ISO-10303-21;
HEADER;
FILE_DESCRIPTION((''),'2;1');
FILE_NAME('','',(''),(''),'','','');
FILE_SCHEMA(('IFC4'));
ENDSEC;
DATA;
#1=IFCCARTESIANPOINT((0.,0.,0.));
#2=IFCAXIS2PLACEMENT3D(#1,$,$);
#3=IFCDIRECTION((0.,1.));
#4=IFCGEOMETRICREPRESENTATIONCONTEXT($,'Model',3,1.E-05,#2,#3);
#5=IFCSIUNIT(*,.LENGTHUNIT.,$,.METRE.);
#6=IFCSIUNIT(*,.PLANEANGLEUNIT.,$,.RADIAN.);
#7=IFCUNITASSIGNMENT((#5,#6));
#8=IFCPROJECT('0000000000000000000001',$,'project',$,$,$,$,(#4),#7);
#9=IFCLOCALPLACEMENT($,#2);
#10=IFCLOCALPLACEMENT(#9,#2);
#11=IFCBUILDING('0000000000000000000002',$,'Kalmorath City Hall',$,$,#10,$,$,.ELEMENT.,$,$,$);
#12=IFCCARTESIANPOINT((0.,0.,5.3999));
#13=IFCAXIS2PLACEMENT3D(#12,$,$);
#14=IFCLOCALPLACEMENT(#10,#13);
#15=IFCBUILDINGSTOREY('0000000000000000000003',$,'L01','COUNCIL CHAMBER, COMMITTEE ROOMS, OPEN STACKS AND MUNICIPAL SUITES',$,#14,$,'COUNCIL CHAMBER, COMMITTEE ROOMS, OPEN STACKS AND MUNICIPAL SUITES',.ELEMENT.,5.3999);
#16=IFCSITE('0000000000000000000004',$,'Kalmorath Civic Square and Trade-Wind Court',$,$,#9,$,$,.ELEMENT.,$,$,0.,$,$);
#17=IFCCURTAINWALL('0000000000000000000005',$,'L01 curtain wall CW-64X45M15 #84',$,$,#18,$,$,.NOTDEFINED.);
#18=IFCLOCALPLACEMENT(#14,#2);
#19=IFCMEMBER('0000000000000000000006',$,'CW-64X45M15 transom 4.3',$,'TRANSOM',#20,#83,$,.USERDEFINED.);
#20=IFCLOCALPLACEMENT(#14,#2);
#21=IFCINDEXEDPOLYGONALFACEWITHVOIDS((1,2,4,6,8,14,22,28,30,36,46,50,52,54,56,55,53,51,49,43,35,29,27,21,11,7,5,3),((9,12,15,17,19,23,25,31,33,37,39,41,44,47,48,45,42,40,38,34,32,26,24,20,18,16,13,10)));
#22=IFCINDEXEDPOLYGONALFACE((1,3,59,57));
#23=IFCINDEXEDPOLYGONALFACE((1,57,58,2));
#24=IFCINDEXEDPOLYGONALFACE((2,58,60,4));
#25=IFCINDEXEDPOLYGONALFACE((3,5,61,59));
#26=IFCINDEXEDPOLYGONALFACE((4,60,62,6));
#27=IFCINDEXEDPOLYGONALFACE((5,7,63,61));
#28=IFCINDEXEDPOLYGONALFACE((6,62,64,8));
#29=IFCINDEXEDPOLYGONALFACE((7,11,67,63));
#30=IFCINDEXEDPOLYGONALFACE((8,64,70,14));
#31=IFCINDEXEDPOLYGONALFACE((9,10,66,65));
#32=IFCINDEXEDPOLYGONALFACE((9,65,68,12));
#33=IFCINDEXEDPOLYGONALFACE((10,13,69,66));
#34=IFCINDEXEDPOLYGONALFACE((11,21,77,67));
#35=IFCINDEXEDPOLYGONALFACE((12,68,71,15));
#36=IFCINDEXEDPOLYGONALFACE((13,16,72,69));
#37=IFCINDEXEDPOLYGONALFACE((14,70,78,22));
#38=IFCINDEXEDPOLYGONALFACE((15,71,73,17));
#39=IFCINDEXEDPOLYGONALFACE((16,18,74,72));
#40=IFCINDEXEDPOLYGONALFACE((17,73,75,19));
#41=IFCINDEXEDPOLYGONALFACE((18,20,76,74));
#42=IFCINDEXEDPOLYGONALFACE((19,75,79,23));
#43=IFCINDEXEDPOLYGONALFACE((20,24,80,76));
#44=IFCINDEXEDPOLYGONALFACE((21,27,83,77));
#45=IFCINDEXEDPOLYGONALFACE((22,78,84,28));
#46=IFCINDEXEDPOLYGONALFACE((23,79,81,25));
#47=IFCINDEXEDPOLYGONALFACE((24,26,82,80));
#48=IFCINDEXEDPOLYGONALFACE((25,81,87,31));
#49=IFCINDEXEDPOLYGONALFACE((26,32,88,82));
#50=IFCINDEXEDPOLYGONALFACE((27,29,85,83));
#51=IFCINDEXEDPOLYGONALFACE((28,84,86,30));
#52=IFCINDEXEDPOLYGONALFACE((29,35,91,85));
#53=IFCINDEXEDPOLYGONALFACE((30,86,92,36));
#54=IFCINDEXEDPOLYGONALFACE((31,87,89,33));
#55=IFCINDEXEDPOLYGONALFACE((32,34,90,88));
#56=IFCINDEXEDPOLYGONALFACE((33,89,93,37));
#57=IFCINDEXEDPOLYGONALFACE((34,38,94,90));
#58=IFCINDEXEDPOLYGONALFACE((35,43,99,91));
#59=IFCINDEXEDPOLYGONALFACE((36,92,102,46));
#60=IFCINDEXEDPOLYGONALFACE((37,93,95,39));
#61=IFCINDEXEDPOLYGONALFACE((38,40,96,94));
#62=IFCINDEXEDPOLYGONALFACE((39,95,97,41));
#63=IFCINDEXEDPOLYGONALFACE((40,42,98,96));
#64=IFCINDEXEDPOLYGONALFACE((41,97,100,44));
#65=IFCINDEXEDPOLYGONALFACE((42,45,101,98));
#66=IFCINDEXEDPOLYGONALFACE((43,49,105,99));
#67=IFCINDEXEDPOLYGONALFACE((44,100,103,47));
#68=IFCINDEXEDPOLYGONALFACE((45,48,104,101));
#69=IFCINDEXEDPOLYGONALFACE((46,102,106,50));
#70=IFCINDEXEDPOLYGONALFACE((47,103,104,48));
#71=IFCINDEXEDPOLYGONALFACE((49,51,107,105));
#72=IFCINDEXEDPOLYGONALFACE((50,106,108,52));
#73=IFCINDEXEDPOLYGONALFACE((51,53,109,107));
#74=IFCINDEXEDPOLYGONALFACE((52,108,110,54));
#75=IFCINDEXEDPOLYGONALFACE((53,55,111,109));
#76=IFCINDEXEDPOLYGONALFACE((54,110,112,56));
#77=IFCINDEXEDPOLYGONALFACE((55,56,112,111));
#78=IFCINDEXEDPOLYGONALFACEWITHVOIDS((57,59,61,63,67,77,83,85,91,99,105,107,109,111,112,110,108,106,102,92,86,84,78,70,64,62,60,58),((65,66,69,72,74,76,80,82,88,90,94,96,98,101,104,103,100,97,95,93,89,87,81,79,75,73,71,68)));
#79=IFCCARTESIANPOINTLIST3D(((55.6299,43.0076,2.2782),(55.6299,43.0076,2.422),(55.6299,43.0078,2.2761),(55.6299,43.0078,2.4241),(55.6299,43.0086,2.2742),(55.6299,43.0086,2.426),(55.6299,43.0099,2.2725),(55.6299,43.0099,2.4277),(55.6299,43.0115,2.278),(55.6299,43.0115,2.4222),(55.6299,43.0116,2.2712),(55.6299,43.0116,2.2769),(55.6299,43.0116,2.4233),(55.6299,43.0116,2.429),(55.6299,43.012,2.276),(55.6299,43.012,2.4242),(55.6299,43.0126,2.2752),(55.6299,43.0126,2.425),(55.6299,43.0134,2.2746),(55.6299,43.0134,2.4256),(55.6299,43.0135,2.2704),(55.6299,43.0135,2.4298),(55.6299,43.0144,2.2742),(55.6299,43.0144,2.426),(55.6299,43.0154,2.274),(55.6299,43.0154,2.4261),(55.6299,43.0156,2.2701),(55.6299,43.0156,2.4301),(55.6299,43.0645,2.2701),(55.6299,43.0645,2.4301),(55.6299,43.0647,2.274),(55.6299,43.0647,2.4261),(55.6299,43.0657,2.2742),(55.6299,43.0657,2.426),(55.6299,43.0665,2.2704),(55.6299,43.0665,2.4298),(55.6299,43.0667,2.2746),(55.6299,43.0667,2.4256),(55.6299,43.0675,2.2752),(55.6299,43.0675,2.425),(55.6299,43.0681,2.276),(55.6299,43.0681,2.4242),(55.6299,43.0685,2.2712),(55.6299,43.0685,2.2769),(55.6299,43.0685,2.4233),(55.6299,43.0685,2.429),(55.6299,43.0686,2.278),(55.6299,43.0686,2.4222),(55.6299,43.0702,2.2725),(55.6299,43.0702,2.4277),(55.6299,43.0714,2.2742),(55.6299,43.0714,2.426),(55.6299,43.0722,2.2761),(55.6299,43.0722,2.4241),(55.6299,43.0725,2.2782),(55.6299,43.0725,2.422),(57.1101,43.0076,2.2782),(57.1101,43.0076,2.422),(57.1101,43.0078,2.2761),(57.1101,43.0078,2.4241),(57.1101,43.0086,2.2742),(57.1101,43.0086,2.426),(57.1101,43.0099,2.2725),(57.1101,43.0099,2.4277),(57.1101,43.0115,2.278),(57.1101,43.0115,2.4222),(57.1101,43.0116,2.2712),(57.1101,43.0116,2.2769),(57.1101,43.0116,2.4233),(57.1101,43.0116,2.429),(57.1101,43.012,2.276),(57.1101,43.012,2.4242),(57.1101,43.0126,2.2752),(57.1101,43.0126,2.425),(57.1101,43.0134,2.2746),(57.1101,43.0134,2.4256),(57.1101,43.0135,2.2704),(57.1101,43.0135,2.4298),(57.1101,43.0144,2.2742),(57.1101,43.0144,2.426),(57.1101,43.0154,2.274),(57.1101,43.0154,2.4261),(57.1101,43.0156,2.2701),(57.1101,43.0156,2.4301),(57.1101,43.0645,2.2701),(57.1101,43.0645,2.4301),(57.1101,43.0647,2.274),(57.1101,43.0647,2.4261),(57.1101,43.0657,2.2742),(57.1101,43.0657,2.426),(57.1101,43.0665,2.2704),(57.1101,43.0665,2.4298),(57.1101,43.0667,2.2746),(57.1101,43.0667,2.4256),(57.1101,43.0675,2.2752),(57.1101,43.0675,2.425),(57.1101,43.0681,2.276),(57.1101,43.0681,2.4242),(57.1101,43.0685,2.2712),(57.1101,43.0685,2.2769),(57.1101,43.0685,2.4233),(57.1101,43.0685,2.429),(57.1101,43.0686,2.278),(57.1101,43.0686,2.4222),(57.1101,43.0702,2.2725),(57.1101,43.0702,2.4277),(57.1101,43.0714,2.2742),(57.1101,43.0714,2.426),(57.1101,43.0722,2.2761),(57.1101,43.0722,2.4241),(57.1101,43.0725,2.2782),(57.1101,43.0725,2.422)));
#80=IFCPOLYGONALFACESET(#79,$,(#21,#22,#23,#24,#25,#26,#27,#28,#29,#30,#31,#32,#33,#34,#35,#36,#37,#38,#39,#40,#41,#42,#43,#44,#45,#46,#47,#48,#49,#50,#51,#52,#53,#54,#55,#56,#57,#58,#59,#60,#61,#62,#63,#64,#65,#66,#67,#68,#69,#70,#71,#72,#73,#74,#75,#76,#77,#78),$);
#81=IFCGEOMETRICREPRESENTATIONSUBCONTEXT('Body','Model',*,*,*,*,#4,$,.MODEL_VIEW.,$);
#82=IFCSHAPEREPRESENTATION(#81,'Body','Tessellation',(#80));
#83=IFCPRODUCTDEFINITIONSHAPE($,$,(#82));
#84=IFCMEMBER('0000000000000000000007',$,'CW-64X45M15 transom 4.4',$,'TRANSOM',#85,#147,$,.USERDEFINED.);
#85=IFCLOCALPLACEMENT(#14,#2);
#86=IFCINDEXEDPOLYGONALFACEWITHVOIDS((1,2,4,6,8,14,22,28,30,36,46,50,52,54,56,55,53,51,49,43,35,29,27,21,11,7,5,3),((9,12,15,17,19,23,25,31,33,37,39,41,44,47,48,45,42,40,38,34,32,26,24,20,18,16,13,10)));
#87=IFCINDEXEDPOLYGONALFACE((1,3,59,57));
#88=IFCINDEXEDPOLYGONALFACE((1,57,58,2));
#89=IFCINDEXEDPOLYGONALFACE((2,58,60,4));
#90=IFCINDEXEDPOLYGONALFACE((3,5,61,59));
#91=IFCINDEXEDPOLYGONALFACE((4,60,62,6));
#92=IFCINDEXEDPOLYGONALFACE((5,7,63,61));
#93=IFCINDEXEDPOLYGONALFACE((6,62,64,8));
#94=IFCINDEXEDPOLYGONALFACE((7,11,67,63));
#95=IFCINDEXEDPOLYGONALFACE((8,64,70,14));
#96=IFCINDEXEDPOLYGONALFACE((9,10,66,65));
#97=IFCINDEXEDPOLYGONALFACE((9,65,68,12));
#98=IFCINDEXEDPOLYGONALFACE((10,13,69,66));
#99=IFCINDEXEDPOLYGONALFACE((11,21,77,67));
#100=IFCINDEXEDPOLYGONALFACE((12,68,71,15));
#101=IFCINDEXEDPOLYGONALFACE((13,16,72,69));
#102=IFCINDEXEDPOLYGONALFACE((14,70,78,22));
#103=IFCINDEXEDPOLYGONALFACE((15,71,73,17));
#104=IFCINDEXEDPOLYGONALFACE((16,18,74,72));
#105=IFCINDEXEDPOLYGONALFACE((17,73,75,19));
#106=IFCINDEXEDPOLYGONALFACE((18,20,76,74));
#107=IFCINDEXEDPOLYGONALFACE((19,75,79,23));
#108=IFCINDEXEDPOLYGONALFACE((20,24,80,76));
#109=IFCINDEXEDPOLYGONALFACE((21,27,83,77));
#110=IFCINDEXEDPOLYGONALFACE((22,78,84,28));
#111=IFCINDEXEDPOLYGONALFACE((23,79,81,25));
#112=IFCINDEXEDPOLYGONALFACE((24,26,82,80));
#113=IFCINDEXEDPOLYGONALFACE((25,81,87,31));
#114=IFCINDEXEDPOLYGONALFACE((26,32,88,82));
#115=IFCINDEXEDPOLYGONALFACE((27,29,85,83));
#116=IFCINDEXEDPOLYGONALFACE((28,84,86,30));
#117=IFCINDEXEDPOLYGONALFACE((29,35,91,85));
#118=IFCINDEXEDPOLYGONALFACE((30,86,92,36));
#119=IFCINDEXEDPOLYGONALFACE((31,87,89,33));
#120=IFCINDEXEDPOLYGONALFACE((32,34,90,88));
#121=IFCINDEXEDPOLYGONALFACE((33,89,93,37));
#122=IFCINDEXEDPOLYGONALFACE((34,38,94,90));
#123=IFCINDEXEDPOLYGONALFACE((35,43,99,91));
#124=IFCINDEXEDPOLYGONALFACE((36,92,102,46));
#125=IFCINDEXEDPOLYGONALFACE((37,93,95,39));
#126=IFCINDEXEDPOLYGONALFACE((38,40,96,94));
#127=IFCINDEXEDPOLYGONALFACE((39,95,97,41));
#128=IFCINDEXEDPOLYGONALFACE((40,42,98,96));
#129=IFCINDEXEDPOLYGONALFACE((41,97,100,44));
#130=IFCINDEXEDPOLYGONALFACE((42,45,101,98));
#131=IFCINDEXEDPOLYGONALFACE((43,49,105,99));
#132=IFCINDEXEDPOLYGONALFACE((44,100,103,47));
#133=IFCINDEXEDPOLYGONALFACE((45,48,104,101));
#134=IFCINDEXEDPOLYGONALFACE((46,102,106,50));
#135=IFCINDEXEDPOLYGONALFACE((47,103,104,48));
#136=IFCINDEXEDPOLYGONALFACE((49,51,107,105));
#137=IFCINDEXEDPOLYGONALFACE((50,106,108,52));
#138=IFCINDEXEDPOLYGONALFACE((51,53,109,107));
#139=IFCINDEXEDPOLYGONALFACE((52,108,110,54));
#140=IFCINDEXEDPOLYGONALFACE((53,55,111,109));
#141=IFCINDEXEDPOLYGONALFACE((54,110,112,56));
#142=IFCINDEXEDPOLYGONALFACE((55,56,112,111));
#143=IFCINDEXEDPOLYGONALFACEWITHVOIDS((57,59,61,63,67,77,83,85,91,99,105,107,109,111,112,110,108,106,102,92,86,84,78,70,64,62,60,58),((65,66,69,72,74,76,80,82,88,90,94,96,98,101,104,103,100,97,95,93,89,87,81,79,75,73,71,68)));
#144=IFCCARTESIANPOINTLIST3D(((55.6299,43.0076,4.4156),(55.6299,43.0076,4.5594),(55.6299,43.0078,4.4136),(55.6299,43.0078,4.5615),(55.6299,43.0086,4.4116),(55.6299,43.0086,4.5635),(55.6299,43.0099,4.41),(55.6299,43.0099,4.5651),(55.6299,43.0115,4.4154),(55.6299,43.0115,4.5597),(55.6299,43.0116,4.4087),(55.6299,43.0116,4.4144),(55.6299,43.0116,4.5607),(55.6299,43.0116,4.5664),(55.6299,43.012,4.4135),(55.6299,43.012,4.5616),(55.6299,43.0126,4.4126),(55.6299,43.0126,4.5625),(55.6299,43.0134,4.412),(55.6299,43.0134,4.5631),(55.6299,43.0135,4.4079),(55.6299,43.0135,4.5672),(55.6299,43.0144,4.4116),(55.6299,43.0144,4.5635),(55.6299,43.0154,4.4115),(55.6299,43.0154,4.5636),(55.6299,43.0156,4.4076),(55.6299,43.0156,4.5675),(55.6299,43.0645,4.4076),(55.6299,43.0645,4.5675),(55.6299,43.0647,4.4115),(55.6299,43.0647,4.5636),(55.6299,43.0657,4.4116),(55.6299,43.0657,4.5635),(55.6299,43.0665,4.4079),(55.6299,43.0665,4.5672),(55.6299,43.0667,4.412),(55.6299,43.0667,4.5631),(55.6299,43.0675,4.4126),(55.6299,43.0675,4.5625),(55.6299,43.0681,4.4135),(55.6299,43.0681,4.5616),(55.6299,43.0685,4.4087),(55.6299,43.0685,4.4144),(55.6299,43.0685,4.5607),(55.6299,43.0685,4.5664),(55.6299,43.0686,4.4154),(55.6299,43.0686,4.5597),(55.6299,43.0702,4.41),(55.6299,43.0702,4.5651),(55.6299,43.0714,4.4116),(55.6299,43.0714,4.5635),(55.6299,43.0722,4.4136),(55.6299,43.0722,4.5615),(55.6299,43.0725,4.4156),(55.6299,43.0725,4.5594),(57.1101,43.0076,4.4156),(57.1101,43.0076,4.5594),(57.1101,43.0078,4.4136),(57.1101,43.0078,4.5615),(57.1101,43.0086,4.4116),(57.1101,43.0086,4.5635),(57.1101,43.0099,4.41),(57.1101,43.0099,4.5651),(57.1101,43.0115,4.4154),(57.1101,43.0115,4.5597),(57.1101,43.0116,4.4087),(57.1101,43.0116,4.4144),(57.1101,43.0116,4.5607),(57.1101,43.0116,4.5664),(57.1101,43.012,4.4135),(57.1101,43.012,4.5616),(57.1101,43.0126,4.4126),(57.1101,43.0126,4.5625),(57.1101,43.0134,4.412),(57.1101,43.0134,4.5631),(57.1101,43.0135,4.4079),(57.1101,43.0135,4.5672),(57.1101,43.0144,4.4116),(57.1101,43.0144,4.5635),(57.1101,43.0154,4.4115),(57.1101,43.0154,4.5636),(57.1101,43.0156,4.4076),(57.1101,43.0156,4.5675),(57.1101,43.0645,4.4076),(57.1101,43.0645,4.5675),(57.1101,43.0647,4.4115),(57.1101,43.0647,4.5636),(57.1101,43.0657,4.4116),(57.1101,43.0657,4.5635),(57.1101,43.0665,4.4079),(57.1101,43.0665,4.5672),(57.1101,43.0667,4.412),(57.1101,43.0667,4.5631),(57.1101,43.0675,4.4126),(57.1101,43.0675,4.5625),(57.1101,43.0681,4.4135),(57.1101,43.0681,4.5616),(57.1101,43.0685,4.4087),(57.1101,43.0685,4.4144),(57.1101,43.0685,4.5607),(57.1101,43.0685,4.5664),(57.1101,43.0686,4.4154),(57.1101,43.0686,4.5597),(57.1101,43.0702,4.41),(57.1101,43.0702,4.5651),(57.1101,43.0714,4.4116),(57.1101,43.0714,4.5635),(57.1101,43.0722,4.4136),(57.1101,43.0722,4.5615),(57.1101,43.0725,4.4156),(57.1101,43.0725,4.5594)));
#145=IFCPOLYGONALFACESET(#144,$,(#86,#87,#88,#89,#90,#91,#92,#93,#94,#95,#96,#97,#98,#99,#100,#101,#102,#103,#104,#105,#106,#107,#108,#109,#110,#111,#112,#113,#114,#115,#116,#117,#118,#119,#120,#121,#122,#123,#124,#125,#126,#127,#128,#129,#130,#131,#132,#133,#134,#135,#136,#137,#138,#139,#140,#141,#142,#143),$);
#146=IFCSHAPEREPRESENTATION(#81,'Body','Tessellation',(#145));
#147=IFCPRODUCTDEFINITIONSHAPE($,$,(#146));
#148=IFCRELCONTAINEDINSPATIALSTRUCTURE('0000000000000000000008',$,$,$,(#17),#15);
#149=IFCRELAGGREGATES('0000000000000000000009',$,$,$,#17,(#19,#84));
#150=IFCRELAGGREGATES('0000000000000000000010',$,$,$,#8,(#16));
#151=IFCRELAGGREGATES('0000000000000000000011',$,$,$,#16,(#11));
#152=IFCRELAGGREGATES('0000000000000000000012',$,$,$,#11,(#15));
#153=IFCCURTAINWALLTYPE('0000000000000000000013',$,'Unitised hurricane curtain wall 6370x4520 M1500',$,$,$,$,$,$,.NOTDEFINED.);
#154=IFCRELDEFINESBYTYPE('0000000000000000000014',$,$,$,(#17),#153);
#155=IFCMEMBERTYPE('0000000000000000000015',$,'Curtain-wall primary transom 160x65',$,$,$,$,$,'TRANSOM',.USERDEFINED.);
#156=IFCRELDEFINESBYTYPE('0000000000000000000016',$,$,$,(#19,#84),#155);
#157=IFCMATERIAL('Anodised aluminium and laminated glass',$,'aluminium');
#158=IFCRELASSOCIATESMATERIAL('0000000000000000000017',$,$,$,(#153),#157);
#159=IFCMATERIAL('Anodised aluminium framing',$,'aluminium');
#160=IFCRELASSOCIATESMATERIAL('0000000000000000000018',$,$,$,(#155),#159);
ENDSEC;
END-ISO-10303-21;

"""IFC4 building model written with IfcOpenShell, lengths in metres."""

from ifc_helpers import new_model, si_unit, direction, frame, origin, origin_2d, place, context, subcontext, project, spatial, hollow_rectangle, extrude, material, material_profile, profile_set, type_object, element, aggregate, save


model = new_model("IFC4")

# Units and contexts
model_context = context("Model", 3, precision=1e-05, world=origin(), true_north=direction((0.0, 1.0)))
body_context = subcontext(model_context, "Body", "Model", "MODEL_VIEW")
ifc_project = project(units=[si_unit("LENGTHUNIT", "METRE"), si_unit("PLANEANGLEUNIT", "RADIAN")], contexts=[model_context])

# Site, building, storey
site_placement = place(None, origin())
site = spatial("IfcSite", under=ifc_project, at=site_placement, Name="Kalmorath Civic Square and Trade-Wind Court", CompositionType="ELEMENT", RefElevation=0.0)
building_placement = place(site_placement, origin())
building = spatial("IfcBuilding", under=site, at=building_placement, Name="Kalmorath City Hall", CompositionType="ELEMENT")
storey_placement = place(building_placement, frame((0.0, 0.0, 5.3999)))
storey = spatial("IfcBuildingStorey", under=building, at=storey_placement, Name="L01", Description="COUNCIL CHAMBER, COMMITTEE ROOMS, OPEN STACKS AND MUNICIPAL SUITES", LongName="COUNCIL CHAMBER, COMMITTEE ROOMS, OPEN STACKS AND MUNICIPAL SUITES", CompositionType="ELEMENT", Elevation=5.3999)

# Curtain wall
ifc_material_1 = material(Name="Anodised aluminium and laminated glass", Category="aluminium")
curtain_wall_type_1 = type_object("IfcCurtainWallType", Name="Unitised hurricane curtain wall 6370x4520 M1500", PredefinedType="NOTDEFINED", material=ifc_material_1)
curtain_wall_1_placement = place(storey_placement, origin())
curtain_wall_1 = element("IfcCurtainWall", 1, at=curtain_wall_1_placement, inside=storey, type_object=curtain_wall_type_1, Name="L01 curtain wall CW-64X45M15 #84", PredefinedType="NOTDEFINED")

# Members
ifc_material_2 = material(Name="Anodised aluminium framing", Category="aluminium")
ifc_material_profile_1 = material_profile(ifc_material_2, hollow_rectangle(XDim=0.0649, YDim=0.1599, WallThickness=0.0039, InnerFilletRadius=0.0039, OuterFilletRadius=0.0081, at=origin_2d()), Name="ALU-TRN-160X65X4")
ifc_profile_set_1 = profile_set([ifc_material_profile_1], Name="Anodised aluminium framing")
member_type_1 = type_object("IfcMemberType", Name="Curtain-wall primary transom 160x65", ElementType="TRANSOM", PredefinedType="USERDEFINED", material=ifc_profile_set_1)
member_1_placement = place(storey_placement, frame((55.6299, 43.04, 2.3501), z_axis=(1.0, 0.0, 0.0), x_axis=(0.0, 1.0, 0.0)))
member_1 = element("IfcMember", 2, at=member_1_placement, type_object=member_type_1, Name="CW-64X45M15 transom 4.3", ObjectType="TRANSOM", PredefinedType="USERDEFINED", context=body_context, shape_type="SweptSolid", body=[
    extrude(hollow_rectangle(XDim=0.0649, YDim=0.1599, WallThickness=0.0039, InnerFilletRadius=0.0039, OuterFilletRadius=0.0081, at=origin_2d()), origin(), (0.0, 0.0, 1.0), 1.4802),
])
member_2_placement = place(storey_placement, frame((55.6299, 43.04, 4.4875), z_axis=(1.0, 0.0, 0.0), x_axis=(0.0, 1.0, 0.0)))
member_2 = element("IfcMember", 3, at=member_2_placement, type_object=member_type_1, Name="CW-64X45M15 transom 4.4", ObjectType="TRANSOM", PredefinedType="USERDEFINED", context=body_context, shape_type="SweptSolid", body=[
    extrude(hollow_rectangle(XDim=0.0649, YDim=0.1599, WallThickness=0.0039, InnerFilletRadius=0.0039, OuterFilletRadius=0.0081, at=origin_2d()), origin(), (0.0, 0.0, 1.0), 1.4802),
])

aggregate(curtain_wall_1, [member_1, member_2])

save(model, "model.ifc")
